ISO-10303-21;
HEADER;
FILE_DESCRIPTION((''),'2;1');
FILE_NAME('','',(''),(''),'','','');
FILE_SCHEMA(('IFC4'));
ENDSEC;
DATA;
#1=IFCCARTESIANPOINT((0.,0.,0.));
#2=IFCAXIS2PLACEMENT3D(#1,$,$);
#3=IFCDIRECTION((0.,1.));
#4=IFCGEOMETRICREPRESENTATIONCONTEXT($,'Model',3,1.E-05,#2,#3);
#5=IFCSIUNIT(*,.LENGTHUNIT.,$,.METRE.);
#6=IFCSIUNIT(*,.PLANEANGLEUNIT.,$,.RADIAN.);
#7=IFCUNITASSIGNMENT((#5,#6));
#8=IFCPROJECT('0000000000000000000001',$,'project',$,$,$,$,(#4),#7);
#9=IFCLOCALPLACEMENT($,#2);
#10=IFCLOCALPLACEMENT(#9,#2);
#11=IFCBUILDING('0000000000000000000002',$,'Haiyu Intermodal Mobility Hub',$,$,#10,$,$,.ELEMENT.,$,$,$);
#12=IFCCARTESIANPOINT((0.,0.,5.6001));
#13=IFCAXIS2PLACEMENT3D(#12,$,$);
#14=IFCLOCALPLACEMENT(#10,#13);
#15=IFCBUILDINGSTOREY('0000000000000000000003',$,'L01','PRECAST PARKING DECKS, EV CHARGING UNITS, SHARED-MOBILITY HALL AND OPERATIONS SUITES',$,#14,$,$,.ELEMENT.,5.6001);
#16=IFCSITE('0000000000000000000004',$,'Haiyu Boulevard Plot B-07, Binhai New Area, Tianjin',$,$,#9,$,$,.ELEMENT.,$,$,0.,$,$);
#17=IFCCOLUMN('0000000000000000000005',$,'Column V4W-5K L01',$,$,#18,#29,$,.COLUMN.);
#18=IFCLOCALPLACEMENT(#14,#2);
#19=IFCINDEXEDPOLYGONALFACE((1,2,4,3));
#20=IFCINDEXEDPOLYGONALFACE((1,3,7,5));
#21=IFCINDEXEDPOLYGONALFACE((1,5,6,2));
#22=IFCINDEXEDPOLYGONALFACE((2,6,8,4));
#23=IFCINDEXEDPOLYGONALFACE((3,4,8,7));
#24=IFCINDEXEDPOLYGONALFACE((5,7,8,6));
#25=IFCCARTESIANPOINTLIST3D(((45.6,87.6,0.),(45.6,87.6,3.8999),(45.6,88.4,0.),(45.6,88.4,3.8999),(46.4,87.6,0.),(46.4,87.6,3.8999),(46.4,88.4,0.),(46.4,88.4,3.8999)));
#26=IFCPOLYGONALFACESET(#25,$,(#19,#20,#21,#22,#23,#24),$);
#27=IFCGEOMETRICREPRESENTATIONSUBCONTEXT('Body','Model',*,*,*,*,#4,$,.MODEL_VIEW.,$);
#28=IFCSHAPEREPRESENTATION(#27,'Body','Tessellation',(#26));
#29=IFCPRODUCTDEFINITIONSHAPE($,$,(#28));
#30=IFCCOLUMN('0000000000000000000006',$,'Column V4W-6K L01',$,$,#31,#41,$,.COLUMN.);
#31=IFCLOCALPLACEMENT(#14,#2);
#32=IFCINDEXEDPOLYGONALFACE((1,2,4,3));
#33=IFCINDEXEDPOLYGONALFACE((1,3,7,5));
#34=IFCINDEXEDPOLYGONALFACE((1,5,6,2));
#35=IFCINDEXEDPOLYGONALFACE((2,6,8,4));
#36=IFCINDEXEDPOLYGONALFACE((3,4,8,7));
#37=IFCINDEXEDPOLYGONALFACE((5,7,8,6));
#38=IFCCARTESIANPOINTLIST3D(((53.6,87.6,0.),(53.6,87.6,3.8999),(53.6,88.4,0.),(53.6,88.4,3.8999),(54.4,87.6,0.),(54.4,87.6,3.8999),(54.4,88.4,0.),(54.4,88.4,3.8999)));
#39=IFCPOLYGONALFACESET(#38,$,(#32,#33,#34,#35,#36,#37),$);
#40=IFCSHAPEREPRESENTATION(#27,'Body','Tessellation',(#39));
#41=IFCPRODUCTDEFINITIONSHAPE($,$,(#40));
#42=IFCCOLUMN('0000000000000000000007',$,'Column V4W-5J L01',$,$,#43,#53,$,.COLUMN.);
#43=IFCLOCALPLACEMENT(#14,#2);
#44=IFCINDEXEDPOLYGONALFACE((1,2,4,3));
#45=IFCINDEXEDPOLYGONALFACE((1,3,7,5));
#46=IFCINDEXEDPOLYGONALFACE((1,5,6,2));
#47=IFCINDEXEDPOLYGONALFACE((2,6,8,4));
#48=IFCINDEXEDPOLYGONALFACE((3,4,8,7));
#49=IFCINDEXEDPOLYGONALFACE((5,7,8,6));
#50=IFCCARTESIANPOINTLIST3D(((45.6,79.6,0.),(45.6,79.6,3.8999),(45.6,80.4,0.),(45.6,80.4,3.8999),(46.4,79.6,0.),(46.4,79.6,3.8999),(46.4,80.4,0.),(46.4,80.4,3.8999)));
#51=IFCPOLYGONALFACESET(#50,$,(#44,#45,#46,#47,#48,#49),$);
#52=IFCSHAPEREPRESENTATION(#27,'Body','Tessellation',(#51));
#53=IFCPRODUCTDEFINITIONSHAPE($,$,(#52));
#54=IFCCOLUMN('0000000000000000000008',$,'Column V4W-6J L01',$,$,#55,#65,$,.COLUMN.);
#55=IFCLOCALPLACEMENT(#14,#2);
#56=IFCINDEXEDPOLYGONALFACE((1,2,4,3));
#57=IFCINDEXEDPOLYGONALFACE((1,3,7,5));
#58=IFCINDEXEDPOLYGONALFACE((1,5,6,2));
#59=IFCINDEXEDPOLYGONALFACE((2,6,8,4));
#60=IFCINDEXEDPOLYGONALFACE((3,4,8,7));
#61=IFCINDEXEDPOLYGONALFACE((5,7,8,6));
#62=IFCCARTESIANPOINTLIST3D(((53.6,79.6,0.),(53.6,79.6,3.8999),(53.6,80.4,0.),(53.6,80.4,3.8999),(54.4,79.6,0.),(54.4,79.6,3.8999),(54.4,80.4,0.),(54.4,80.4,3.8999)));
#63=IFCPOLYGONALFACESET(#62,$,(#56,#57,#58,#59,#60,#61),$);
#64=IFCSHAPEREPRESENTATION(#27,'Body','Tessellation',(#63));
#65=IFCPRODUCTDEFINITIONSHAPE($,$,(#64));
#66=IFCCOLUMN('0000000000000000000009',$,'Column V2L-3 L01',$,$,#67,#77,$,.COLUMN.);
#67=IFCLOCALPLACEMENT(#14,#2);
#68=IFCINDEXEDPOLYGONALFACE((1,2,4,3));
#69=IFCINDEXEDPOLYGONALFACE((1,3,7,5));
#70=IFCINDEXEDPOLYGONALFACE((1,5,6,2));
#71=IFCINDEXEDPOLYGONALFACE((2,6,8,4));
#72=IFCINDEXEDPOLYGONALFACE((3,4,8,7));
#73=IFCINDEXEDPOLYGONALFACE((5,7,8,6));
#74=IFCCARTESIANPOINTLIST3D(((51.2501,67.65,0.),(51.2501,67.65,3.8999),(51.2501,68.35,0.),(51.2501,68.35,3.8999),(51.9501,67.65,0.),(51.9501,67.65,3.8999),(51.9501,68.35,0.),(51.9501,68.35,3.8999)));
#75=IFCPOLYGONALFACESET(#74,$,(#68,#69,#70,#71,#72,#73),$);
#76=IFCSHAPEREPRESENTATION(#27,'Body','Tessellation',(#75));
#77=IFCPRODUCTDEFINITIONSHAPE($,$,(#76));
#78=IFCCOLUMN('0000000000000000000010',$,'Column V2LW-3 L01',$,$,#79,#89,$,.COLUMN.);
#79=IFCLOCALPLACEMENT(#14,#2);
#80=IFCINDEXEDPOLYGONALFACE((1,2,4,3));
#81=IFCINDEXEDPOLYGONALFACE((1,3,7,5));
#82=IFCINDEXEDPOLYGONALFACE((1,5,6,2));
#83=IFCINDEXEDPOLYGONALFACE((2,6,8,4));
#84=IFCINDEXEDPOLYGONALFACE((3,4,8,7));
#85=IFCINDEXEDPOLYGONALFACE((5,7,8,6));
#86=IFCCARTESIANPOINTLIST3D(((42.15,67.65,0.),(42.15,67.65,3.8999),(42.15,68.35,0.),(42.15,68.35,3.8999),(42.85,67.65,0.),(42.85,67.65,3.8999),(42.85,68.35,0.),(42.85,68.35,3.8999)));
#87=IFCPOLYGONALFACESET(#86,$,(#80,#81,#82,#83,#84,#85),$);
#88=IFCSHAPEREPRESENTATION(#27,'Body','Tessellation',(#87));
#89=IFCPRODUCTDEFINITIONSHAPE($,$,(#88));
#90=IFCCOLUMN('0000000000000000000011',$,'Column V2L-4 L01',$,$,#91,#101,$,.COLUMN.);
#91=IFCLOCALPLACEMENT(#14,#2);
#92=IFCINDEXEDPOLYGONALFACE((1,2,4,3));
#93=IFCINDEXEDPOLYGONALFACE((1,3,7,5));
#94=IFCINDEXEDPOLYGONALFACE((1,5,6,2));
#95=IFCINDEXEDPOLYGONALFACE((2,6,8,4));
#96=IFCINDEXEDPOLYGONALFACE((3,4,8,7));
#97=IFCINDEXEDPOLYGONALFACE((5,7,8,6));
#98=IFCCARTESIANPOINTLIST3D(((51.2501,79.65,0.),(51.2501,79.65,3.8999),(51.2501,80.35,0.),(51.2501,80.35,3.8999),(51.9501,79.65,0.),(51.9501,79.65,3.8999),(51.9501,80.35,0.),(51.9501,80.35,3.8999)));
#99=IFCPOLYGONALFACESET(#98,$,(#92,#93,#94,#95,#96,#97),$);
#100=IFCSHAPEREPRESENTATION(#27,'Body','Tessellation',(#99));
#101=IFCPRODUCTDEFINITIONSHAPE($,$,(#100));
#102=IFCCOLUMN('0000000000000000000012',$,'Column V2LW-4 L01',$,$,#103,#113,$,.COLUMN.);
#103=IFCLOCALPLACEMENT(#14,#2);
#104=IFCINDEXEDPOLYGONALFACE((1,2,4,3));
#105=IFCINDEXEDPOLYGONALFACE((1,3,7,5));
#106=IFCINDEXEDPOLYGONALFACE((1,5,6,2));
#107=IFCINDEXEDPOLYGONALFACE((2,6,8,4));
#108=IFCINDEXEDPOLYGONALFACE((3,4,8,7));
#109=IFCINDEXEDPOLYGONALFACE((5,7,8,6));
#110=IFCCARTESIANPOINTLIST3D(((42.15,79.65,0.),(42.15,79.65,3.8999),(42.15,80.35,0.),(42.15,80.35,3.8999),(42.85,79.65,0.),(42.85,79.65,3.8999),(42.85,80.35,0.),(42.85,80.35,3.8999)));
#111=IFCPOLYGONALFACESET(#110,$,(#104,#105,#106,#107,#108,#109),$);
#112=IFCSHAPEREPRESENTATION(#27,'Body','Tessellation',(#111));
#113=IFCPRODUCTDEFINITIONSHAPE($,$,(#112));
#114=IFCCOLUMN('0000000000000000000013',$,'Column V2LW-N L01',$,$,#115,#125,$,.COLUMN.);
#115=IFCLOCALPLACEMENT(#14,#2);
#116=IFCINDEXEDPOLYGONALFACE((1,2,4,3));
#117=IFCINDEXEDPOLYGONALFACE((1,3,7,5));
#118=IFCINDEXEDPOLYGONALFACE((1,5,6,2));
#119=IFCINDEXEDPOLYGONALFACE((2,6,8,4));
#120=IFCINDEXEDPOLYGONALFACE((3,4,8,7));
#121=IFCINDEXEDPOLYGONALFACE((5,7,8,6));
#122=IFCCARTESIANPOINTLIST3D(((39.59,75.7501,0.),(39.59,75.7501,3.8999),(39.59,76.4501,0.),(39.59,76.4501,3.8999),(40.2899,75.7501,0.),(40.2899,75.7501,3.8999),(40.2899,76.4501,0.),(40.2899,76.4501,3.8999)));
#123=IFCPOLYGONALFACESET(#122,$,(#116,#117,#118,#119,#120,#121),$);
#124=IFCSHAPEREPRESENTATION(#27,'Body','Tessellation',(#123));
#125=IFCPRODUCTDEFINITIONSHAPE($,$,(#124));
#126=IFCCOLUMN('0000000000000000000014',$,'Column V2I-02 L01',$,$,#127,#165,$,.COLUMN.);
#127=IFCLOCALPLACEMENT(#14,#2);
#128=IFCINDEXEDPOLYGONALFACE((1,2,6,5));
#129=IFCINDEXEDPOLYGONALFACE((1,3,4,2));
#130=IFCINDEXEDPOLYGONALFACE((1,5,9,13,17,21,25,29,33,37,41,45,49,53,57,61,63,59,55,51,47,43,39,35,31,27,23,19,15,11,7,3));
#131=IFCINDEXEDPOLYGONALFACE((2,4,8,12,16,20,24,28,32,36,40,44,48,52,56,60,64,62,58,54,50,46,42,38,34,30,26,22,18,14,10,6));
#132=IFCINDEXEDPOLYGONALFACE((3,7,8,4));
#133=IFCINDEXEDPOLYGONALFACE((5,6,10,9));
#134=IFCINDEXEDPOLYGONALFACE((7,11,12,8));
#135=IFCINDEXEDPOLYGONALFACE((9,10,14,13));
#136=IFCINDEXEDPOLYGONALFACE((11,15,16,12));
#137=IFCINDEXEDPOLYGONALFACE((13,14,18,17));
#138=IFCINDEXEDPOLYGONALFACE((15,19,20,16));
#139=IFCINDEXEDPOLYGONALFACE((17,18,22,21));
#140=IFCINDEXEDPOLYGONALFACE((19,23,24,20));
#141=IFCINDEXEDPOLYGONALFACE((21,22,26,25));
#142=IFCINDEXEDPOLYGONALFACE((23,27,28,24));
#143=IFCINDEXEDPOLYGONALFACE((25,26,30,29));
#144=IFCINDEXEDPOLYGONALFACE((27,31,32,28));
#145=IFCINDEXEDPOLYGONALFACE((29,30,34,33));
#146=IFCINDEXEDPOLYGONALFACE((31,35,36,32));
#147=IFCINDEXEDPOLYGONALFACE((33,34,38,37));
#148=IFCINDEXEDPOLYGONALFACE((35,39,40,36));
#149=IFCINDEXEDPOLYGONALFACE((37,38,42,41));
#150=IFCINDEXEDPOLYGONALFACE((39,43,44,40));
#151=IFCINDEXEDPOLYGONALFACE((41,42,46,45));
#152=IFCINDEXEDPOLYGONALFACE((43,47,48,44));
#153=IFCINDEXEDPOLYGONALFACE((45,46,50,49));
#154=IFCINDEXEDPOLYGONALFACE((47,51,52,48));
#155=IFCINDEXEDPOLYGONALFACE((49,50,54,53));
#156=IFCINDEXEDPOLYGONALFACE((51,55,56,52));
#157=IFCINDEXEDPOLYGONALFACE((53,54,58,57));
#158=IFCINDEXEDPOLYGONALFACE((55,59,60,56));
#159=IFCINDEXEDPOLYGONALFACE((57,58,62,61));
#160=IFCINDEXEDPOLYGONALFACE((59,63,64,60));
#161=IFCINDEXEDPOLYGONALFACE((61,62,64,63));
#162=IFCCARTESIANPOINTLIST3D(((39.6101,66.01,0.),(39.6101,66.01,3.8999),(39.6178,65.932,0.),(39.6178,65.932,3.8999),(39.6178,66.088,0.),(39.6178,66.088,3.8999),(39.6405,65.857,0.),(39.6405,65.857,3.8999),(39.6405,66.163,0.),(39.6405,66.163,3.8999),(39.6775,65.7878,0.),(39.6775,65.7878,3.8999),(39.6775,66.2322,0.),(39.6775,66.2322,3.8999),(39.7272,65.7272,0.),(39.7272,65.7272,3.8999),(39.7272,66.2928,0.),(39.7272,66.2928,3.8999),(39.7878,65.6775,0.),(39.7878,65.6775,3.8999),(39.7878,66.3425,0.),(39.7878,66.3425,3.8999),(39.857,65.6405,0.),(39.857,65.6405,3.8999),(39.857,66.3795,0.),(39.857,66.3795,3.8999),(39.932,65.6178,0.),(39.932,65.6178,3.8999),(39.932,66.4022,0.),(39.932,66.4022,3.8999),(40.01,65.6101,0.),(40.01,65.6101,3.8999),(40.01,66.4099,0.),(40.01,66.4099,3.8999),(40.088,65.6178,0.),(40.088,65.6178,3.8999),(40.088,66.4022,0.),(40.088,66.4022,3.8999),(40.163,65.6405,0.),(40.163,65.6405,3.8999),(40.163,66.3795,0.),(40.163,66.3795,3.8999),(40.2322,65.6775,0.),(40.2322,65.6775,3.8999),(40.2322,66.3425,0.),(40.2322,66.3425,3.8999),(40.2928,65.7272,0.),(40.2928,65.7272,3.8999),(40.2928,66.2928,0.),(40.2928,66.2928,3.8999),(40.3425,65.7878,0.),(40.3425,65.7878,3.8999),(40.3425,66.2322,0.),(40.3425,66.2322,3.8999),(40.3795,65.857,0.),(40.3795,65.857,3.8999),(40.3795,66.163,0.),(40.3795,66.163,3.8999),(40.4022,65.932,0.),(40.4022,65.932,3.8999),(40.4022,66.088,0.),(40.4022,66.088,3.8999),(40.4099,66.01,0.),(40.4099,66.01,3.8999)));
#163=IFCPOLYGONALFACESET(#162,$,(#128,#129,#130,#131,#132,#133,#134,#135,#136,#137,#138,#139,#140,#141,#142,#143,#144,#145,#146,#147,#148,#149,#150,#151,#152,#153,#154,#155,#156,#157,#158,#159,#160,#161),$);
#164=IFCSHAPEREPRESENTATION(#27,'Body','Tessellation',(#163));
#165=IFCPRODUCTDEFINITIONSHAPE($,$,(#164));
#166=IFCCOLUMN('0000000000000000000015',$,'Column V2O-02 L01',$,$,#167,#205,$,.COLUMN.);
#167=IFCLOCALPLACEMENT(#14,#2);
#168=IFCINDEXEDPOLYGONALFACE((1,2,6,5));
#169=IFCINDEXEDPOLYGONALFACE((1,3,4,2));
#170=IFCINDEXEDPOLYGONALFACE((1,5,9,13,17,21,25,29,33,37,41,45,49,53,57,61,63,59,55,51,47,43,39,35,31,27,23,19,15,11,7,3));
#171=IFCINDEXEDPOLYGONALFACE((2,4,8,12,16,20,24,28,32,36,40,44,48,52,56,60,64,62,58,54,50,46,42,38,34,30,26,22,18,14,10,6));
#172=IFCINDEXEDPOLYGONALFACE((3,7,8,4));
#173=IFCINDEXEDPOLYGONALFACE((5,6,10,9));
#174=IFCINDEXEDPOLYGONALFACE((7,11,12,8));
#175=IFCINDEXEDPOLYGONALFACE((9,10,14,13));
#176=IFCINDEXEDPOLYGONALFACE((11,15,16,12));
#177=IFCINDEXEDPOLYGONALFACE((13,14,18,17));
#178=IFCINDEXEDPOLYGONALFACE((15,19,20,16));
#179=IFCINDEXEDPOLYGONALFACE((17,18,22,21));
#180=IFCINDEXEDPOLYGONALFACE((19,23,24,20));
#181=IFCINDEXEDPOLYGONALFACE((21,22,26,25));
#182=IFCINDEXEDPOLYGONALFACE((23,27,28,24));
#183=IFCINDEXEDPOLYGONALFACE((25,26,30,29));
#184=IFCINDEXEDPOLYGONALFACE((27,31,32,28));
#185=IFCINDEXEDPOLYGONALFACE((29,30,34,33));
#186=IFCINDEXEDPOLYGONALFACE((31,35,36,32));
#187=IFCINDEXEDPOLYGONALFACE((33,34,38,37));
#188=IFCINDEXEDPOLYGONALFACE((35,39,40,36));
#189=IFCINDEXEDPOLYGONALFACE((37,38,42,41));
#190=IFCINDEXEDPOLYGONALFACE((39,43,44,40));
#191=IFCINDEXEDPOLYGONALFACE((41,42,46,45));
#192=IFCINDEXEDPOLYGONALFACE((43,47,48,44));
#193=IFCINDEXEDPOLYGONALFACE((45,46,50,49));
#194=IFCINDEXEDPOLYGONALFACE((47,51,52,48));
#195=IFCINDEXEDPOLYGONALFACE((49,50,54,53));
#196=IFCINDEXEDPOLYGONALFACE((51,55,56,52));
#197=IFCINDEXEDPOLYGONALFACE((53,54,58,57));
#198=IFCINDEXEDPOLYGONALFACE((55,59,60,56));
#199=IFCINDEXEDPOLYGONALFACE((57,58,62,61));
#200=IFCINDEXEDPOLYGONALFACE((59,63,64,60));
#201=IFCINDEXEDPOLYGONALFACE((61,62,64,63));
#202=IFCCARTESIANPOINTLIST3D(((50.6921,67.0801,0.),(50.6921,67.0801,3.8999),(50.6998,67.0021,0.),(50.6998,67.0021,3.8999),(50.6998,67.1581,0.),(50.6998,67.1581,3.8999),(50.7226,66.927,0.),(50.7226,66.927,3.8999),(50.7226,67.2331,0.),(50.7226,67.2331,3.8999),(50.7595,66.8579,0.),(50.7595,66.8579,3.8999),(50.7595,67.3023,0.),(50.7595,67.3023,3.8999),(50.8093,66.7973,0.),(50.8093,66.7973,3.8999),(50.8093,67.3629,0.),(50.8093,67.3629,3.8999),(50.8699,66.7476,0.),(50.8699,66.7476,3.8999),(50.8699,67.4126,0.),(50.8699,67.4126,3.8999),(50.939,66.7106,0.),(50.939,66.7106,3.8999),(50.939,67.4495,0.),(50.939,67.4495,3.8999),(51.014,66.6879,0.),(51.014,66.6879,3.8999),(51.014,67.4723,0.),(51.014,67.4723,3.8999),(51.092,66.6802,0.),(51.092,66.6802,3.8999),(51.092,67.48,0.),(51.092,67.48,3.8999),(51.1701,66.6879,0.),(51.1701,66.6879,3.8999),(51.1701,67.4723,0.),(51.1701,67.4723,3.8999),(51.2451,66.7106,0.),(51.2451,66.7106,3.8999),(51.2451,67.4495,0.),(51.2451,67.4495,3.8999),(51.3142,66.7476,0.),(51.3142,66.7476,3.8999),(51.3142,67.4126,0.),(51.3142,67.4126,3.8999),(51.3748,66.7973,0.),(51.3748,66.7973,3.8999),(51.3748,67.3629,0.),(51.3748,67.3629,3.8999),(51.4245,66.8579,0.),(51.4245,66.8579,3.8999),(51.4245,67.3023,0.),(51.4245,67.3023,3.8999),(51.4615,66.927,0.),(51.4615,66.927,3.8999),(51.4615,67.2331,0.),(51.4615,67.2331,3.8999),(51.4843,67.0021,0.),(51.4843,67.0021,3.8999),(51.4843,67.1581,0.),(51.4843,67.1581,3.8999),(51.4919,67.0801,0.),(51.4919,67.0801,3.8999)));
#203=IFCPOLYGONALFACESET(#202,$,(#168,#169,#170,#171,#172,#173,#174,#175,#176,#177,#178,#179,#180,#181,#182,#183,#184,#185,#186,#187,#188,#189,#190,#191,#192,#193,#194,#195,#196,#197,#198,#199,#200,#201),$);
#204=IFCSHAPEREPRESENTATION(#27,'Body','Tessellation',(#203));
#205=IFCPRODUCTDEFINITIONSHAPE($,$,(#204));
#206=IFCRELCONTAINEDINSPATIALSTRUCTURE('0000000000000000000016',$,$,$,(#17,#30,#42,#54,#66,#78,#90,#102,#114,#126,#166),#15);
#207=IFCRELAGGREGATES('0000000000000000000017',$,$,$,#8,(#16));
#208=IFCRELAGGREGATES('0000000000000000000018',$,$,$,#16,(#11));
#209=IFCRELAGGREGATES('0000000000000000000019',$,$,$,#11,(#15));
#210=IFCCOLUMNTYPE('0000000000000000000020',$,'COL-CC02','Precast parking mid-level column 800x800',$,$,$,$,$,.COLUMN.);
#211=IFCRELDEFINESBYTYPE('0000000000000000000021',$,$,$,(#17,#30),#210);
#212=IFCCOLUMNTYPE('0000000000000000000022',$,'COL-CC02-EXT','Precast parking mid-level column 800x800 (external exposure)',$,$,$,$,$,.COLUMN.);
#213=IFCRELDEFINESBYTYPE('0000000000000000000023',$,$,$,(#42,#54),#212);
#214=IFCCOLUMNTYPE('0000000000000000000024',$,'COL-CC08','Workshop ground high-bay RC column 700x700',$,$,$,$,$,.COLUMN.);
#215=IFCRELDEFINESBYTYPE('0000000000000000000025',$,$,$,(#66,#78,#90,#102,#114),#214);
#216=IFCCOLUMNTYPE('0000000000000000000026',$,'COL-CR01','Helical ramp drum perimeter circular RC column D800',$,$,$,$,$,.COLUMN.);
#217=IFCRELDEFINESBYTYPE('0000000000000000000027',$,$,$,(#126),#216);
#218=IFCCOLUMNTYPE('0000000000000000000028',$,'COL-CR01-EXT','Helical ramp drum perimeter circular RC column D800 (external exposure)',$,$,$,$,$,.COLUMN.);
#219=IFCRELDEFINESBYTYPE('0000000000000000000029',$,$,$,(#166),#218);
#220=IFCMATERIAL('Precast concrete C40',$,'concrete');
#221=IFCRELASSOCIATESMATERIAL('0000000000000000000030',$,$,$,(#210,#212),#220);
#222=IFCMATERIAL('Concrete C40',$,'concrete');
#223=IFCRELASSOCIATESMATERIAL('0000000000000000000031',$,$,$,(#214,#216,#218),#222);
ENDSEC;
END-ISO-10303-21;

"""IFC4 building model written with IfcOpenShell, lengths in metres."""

from ifc_helpers import new_model, si_unit, direction, frame, origin, origin_2d, place, context, subcontext, project, spatial, rectangle, circle, extrude, material, material_profile, profile_set, type_object, element, save


model = new_model("IFC4")

# Units and contexts
model_context = context("Model", 3, precision=1e-05, world=origin(), true_north=direction((0.0, 1.0)))
body_context = subcontext(model_context, "Body", "Model", "MODEL_VIEW")
ifc_project = project(units=[si_unit("LENGTHUNIT", "METRE"), si_unit("PLANEANGLEUNIT", "RADIAN")], contexts=[model_context])

# Site, building, storey
site_placement = place(None, origin())
site = spatial("IfcSite", under=ifc_project, at=site_placement, Name="Haiyu Boulevard Plot B-07, Binhai New Area, Tianjin", CompositionType="ELEMENT", RefElevation=0.0)
building_placement = place(site_placement, origin())
building = spatial("IfcBuilding", under=site, at=building_placement, Name="Haiyu Intermodal Mobility Hub", CompositionType="ELEMENT")
storey_placement = place(building_placement, frame((0.0, 0.0, 5.6001)))
storey = spatial("IfcBuildingStorey", under=building, at=storey_placement, Name="L01", Description="PRECAST PARKING DECKS, EV CHARGING UNITS, SHARED-MOBILITY HALL AND OPERATIONS SUITES", CompositionType="ELEMENT", Elevation=5.6001)

# Columns
ifc_material_1 = material(Name="Precast concrete C40", Category="concrete")
ifc_material_profile_1 = material_profile(ifc_material_1, rectangle(XDim=0.8, YDim=0.8, at=origin_2d()), Name="RC800x800")
ifc_profile_set_1 = profile_set([ifc_material_profile_1], Name="Precast concrete C40")
column_type_1 = type_object("IfcColumnType", Name="COL-CC02", Description="Precast parking mid-level column 800x800", PredefinedType="COLUMN", material=ifc_profile_set_1)
for number, where, z_axis, x_axis, name in (
    (1, (46.0, 88.0, 0.0), (0.0, 0.0, 1.0), (1.0, 0.0, 0.0), "Column V4W-5K L01"),
    (2, (54.0, 88.0, 0.0), (0.0, 0.0, 1.0), (1.0, 0.0, 0.0), "Column V4W-6K L01"),
):
    element("IfcColumn", number, at=place(storey_placement, frame(where, z_axis=z_axis, x_axis=x_axis)), inside=storey, type_object=column_type_1, Name=name, PredefinedType="COLUMN", context=body_context, shape_type="SweptSolid", body=[
        extrude(rectangle(XDim=0.8, YDim=0.8, at=origin_2d()), origin(), (0.0, 0.0, 1.0), 3.8999),
    ])
ifc_material_profile_2 = material_profile(ifc_material_1, rectangle(XDim=0.8, YDim=0.8, at=origin_2d()), Name="RC800x800")
ifc_profile_set_2 = profile_set([ifc_material_profile_2], Name="Precast concrete C40")
column_type_2 = type_object("IfcColumnType", Name="COL-CC02-EXT", Description="Precast parking mid-level column 800x800 (external exposure)", PredefinedType="COLUMN", material=ifc_profile_set_2)
for number, where, z_axis, x_axis, name in (
    (3, (46.0, 80.0, 0.0), (0.0, 0.0, 1.0), (1.0, 0.0, 0.0), "Column V4W-5J L01"),
    (4, (54.0, 80.0, 0.0), (0.0, 0.0, 1.0), (1.0, 0.0, 0.0), "Column V4W-6J L01"),
):
    element("IfcColumn", number, at=place(storey_placement, frame(where, z_axis=z_axis, x_axis=x_axis)), inside=storey, type_object=column_type_2, Name=name, PredefinedType="COLUMN", context=body_context, shape_type="SweptSolid", body=[
        extrude(rectangle(XDim=0.8, YDim=0.8, at=origin_2d()), origin(), (0.0, 0.0, 1.0), 3.8999),
    ])
ifc_material_2 = material(Name="Concrete C40", Category="concrete")
ifc_material_profile_3 = material_profile(ifc_material_2, rectangle(XDim=0.7, YDim=0.7, at=origin_2d()), Name="RC700x700")
ifc_profile_set_3 = profile_set([ifc_material_profile_3], Name="Concrete C40")
column_type_3 = type_object("IfcColumnType", Name="COL-CC08", Description="Workshop ground high-bay RC column 700x700", PredefinedType="COLUMN", material=ifc_profile_set_3)
for number, where, z_axis, x_axis, name in (
    (5, (51.6001, 68.0, 0.0), (0.0, 0.0, 1.0), (1.0, 0.0, 0.0), "Column V2L-3 L01"),
    (6, (42.5, 68.0, 0.0), (0.0, 0.0, 1.0), (1.0, 0.0, 0.0), "Column V2LW-3 L01"),
    (7, (51.6001, 80.0, 0.0), (0.0, 0.0, 1.0), (1.0, 0.0, 0.0), "Column V2L-4 L01"),
    (8, (42.5, 80.0, 0.0), (0.0, 0.0, 1.0), (1.0, 0.0, 0.0), "Column V2LW-4 L01"),
    (9, (39.9399, 76.1001, 0.0), (0.0, 0.0, 1.0), (1.0, 0.0, 0.0), "Column V2LW-N L01"),
):
    element("IfcColumn", number, at=place(storey_placement, frame(where, z_axis=z_axis, x_axis=x_axis)), inside=storey, type_object=column_type_3, Name=name, PredefinedType="COLUMN", context=body_context, shape_type="SweptSolid", body=[
        extrude(rectangle(XDim=0.7, YDim=0.7, at=origin_2d()), origin(), (0.0, 0.0, 1.0), 3.8999),
    ])
ifc_material_profile_4 = material_profile(ifc_material_2, circle(Radius=0.3999, at=origin_2d()), Name="RCCOL-D800")
ifc_profile_set_4 = profile_set([ifc_material_profile_4], Name="Concrete C40")
column_type_4 = type_object("IfcColumnType", Name="COL-CR01", Description="Helical ramp drum perimeter circular RC column D800", PredefinedType="COLUMN", material=ifc_profile_set_4)
column_placement = place(storey_placement, frame((40.01, 66.01, 0.0), z_axis=(0.0, 0.0, 1.0), x_axis=(1.0, 0.0, 0.0)))
element("IfcColumn", 10, at=column_placement, inside=storey, type_object=column_type_4, Name="Column V2I-02 L01", PredefinedType="COLUMN", context=body_context, shape_type="SweptSolid", body=[
    extrude(circle(Radius=0.3999, at=origin_2d()), origin(), (0.0, 0.0, 1.0), 3.8999),
])
ifc_material_profile_5 = material_profile(ifc_material_2, circle(Radius=0.3999, at=origin_2d()), Name="RCCOL-D800")
ifc_profile_set_5 = profile_set([ifc_material_profile_5], Name="Concrete C40")
column_type_5 = type_object("IfcColumnType", Name="COL-CR01-EXT", Description="Helical ramp drum perimeter circular RC column D800 (external exposure)", PredefinedType="COLUMN", material=ifc_profile_set_5)
for number, where, z_axis, x_axis, name in (
    (11, (51.092, 67.0801, 0.0), (0.0, 0.0, 1.0), (1.0, 0.0, 0.0), "Column V2O-02 L01"),
):
    element("IfcColumn", number, at=place(storey_placement, frame(where, z_axis=z_axis, x_axis=x_axis)), inside=storey, type_object=column_type_5, Name=name, PredefinedType="COLUMN", context=body_context, shape_type="SweptSolid", body=[
        extrude(circle(Radius=0.3999, at=origin_2d()), origin(), (0.0, 0.0, 1.0), 3.8999),
    ])

save(model, "model.ifc")
